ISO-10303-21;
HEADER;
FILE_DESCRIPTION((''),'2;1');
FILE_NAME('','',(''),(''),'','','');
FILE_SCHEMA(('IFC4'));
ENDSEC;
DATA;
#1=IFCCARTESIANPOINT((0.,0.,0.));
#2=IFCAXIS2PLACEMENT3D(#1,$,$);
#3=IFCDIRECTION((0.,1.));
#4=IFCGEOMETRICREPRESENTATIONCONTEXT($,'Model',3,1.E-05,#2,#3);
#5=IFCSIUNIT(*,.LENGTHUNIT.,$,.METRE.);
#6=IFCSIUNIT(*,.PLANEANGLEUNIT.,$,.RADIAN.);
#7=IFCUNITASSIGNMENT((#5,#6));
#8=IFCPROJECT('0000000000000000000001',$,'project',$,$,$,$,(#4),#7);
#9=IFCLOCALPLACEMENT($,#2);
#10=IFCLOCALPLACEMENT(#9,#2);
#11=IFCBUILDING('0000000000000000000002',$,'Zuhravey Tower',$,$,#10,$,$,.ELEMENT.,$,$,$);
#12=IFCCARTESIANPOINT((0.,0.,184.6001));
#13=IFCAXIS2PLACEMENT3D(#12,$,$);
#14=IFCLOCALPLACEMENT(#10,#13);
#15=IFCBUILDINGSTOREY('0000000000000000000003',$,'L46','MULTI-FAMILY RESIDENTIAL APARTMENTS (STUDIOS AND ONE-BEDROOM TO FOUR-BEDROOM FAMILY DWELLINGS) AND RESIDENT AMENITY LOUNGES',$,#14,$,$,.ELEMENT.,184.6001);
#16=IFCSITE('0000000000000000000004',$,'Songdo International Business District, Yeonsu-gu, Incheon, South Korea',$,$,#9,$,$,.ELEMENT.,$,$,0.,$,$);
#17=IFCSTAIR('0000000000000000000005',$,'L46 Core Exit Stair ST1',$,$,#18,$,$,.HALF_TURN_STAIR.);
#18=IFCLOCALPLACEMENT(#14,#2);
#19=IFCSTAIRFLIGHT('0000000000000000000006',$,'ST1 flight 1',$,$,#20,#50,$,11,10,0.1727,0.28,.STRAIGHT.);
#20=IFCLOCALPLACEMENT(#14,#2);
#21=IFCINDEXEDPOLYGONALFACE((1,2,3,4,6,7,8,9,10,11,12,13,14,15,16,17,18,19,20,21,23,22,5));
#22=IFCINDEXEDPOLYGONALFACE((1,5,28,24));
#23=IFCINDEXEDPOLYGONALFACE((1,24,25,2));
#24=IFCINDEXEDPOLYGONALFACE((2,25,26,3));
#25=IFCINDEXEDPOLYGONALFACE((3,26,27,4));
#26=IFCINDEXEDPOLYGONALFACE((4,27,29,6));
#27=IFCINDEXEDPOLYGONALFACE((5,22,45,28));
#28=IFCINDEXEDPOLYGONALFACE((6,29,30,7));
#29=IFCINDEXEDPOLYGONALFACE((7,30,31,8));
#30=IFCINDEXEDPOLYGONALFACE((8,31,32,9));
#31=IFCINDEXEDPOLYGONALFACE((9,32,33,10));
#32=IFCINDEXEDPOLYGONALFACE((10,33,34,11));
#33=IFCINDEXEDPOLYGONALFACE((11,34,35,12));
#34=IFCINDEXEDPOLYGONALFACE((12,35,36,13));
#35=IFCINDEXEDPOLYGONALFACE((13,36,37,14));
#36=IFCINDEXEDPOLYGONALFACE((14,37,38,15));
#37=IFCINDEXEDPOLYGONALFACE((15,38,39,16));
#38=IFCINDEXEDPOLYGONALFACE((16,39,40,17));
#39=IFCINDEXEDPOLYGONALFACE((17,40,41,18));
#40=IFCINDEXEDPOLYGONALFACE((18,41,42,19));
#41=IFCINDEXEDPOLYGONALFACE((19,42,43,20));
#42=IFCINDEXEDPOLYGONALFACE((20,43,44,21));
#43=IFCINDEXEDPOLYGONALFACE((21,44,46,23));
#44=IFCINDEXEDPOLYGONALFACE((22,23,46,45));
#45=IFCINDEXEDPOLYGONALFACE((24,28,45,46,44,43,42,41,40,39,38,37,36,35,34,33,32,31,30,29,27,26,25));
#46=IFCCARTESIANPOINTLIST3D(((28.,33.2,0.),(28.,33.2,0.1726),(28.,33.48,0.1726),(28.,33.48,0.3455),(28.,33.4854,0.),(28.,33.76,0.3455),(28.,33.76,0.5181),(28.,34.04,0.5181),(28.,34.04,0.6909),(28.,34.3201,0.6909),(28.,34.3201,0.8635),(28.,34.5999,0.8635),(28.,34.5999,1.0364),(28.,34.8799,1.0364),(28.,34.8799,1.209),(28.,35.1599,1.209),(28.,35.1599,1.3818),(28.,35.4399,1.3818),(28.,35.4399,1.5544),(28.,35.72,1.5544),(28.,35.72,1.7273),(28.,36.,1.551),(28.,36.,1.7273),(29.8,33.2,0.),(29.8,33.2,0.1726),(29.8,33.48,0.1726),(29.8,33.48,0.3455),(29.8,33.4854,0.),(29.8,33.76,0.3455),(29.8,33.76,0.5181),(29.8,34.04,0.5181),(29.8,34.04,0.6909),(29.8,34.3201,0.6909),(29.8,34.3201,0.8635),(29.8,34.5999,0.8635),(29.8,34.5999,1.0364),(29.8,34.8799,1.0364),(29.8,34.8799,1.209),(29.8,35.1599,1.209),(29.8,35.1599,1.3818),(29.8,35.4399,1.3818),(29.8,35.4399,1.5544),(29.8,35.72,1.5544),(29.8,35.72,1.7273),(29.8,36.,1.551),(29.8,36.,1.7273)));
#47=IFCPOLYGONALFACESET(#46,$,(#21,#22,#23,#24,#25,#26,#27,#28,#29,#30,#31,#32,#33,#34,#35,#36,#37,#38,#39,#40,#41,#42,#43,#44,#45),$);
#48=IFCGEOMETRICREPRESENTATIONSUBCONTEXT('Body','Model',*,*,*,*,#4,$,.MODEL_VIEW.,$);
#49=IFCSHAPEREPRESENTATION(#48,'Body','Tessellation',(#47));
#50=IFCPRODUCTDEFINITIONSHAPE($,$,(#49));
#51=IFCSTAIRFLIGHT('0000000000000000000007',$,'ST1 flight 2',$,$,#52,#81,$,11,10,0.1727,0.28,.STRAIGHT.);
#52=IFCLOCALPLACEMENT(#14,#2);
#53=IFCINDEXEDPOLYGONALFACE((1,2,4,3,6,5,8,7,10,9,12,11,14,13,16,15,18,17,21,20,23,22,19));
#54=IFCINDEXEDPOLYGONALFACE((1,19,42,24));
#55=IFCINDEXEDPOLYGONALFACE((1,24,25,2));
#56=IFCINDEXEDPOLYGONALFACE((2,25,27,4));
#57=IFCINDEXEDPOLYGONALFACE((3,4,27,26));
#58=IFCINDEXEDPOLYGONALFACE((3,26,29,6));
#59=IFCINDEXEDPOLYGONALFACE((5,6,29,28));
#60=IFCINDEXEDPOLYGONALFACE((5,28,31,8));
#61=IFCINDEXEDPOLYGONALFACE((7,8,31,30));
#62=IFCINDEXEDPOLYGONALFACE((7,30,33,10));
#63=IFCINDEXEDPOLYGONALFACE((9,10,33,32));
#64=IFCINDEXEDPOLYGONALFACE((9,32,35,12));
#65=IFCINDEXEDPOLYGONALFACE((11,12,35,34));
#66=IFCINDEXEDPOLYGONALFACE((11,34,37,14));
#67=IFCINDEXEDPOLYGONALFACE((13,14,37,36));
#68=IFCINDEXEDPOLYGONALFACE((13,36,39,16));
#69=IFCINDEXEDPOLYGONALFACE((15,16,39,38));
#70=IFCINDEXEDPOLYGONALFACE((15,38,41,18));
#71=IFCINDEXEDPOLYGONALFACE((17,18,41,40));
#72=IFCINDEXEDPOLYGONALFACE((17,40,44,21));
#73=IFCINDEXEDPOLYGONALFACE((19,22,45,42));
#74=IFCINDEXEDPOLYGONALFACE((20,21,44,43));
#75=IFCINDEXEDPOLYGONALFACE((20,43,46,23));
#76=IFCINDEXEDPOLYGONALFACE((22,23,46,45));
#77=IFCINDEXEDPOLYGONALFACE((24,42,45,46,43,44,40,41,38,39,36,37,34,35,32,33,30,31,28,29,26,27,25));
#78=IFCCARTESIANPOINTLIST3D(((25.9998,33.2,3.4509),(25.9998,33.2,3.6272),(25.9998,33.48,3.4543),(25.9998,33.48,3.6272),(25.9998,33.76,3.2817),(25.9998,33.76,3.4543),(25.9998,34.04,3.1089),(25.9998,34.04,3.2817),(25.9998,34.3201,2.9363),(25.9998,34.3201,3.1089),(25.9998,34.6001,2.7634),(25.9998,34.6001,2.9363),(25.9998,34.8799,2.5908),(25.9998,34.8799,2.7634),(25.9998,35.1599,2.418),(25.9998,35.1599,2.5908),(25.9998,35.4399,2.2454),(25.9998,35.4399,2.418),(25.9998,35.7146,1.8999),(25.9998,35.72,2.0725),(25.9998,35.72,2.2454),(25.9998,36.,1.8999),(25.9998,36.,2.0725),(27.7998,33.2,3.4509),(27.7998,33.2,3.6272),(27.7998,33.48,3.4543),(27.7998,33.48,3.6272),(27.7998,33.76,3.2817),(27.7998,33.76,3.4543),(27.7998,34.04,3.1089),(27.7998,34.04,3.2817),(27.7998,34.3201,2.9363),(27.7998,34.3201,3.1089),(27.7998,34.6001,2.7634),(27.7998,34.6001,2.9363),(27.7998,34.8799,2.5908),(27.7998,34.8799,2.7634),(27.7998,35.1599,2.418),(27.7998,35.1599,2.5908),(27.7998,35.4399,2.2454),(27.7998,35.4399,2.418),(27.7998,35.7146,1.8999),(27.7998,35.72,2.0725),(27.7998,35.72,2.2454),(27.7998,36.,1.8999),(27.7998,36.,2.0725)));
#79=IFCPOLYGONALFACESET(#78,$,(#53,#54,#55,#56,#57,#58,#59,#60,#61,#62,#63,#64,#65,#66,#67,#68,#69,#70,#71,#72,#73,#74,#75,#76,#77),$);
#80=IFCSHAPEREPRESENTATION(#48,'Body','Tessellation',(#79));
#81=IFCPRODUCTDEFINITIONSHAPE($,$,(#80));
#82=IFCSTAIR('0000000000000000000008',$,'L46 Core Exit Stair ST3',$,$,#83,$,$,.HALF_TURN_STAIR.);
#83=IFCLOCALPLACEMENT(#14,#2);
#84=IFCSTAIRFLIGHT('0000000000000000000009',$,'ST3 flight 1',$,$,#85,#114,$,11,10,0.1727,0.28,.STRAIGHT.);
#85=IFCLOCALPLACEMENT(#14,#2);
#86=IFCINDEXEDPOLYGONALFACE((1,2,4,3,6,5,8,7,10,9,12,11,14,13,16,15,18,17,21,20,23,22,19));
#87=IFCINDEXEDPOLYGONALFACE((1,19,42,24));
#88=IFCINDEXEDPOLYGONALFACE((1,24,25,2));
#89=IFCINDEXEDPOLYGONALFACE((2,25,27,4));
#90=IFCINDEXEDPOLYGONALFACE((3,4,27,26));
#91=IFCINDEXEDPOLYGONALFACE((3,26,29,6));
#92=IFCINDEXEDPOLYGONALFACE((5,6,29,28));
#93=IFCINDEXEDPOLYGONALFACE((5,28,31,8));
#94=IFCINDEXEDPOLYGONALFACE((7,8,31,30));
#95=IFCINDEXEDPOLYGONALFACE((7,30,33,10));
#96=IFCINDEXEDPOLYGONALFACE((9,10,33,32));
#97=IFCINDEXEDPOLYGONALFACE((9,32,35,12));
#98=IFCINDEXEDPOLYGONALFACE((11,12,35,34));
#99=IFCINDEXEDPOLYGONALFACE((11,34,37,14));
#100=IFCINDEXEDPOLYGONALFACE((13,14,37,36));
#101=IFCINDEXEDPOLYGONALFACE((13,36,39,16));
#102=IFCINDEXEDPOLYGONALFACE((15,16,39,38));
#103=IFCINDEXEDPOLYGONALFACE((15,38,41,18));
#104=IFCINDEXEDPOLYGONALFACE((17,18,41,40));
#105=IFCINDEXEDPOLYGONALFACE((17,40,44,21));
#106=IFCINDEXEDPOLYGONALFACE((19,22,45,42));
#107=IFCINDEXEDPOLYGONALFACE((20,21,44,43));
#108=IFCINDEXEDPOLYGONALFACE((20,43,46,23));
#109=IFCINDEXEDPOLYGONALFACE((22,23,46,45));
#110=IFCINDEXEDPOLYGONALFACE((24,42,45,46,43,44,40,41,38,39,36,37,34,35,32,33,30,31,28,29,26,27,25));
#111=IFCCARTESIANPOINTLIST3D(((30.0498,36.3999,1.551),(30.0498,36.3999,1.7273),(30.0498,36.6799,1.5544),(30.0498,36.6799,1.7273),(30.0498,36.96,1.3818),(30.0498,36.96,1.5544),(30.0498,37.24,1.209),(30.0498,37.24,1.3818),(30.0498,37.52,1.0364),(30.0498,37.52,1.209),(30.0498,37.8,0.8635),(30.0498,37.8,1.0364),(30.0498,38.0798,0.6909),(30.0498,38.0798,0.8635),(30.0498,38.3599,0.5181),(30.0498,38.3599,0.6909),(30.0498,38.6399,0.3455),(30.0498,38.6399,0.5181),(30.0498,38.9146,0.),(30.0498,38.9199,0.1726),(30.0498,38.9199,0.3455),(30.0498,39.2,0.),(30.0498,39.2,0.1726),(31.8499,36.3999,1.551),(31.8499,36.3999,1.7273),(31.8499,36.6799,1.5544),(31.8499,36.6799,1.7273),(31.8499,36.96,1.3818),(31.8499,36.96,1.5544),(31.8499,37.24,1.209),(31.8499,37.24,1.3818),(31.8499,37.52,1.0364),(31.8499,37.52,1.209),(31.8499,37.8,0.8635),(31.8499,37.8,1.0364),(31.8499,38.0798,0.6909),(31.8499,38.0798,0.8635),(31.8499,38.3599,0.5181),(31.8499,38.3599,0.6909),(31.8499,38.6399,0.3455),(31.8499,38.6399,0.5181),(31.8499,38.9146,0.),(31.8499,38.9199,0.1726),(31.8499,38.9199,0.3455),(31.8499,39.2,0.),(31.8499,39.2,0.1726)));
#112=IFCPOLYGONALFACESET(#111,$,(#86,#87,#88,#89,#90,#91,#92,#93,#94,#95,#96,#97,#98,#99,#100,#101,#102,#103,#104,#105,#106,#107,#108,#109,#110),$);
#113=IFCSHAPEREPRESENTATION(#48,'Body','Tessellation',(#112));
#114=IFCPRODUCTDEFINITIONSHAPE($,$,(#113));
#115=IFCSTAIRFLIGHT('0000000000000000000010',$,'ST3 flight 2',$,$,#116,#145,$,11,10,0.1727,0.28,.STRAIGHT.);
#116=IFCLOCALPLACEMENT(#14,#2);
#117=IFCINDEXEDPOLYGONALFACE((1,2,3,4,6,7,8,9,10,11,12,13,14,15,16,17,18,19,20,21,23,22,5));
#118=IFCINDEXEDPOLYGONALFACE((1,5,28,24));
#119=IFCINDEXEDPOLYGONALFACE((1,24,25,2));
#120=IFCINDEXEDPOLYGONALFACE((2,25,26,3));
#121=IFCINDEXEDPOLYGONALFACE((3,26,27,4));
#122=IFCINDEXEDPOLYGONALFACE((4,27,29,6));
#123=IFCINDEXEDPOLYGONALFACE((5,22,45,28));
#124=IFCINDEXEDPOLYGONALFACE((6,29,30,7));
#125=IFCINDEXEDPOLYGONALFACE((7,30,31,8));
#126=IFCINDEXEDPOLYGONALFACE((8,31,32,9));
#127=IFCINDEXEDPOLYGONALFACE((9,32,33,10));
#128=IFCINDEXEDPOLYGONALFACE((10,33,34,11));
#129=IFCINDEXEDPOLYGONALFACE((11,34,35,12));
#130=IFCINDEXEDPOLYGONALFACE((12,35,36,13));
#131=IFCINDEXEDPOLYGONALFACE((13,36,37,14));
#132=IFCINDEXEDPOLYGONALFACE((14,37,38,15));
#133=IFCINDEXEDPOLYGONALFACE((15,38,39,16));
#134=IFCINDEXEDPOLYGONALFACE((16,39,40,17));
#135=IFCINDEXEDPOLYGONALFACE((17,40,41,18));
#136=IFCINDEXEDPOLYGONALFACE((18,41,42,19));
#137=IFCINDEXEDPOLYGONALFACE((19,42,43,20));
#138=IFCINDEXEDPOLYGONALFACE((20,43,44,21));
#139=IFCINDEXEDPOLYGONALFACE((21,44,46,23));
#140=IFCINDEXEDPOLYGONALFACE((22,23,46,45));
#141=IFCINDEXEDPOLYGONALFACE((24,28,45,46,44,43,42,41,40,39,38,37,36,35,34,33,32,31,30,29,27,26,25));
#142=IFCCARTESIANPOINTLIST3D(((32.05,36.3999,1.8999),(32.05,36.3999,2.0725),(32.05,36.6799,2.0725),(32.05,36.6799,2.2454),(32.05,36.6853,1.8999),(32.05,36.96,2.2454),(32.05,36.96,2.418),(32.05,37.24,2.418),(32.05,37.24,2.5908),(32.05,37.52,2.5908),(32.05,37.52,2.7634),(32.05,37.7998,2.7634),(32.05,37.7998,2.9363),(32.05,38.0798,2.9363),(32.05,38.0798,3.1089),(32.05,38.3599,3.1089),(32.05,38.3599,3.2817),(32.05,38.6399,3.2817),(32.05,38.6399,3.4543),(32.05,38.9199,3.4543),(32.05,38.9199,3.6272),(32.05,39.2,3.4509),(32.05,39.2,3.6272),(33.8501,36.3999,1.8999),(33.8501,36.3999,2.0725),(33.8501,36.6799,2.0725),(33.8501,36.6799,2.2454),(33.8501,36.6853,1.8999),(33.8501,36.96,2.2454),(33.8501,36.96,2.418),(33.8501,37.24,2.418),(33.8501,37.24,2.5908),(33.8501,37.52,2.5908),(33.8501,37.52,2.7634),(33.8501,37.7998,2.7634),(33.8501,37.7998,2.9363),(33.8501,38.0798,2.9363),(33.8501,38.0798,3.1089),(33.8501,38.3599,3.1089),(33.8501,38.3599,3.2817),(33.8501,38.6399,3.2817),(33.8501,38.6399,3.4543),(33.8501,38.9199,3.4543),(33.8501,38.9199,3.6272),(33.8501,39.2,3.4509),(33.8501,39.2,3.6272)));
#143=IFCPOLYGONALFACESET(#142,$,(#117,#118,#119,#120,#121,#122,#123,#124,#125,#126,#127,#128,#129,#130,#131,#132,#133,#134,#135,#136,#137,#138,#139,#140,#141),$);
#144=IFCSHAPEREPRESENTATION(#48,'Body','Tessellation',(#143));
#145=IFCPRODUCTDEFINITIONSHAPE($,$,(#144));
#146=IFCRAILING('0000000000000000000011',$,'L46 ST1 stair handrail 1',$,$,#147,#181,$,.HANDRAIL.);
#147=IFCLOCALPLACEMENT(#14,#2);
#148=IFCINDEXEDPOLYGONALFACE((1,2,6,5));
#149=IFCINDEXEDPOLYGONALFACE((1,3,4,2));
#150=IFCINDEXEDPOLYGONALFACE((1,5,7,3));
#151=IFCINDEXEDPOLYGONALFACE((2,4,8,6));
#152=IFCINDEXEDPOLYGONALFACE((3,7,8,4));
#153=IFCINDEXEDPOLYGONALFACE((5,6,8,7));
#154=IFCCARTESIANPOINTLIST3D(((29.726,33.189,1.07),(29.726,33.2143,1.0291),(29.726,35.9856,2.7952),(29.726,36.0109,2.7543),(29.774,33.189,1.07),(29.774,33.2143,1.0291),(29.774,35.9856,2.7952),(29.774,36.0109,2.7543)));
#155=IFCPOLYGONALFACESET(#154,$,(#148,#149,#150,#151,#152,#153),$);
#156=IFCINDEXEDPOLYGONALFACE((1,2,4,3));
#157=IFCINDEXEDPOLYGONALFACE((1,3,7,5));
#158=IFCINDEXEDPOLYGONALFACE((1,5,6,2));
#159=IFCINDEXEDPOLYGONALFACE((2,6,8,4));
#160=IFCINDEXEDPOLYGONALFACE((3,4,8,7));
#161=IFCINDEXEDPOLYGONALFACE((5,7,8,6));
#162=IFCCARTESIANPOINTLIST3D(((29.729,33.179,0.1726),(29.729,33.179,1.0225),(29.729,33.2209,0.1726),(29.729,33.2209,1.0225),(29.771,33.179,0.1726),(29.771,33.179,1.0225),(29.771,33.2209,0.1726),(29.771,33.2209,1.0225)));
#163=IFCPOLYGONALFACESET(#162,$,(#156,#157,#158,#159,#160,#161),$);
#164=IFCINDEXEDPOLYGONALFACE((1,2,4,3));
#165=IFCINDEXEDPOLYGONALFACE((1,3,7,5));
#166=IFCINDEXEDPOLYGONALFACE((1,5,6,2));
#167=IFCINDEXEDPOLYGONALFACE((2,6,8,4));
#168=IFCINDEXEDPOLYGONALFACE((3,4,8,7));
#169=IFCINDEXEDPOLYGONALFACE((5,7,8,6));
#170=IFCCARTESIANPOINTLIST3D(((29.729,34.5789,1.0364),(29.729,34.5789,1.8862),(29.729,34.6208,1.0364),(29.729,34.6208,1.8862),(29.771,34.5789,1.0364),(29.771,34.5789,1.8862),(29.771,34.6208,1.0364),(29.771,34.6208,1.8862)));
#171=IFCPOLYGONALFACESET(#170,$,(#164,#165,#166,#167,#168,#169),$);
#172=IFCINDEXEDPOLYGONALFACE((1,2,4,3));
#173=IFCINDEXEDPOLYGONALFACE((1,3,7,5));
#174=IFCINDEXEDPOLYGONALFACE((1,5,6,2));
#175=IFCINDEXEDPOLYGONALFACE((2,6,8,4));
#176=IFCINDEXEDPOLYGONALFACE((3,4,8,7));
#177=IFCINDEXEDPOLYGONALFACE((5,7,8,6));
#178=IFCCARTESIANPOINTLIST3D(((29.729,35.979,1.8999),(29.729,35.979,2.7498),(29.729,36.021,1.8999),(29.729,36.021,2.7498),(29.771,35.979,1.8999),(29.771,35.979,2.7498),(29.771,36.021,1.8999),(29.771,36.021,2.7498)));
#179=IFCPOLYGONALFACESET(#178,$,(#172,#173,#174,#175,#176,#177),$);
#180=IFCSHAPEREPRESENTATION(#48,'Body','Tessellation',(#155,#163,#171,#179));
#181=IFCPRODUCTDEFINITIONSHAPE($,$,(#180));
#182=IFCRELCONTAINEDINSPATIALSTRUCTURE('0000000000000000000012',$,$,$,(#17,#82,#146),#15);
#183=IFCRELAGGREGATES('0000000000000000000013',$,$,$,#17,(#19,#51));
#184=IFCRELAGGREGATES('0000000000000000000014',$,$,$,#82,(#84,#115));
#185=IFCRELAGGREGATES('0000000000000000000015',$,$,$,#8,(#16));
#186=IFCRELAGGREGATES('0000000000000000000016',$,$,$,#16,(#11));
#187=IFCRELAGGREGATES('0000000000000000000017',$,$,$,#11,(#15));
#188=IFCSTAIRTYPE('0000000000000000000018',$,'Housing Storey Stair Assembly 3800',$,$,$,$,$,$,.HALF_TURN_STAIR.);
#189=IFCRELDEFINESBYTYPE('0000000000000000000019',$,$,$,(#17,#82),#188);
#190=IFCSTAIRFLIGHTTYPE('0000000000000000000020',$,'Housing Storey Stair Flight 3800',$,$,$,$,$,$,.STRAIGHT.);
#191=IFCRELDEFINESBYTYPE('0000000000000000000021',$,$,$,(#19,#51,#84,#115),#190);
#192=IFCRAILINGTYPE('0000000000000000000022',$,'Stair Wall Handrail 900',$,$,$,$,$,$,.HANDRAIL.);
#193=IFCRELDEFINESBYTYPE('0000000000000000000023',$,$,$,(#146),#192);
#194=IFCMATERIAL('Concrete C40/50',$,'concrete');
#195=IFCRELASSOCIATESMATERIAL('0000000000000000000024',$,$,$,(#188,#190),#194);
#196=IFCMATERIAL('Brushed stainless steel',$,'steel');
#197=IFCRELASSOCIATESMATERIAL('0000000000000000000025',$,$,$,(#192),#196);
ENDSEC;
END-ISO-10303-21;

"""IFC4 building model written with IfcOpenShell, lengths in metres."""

from ifc_helpers import new_model, si_unit, direction, frame, origin, origin_2d, place, context, subcontext, project, spatial, polyline, rectangle, outline, extrude, material, type_object, element, aggregate, save


model = new_model("IFC4")

# Units and contexts
model_context = context("Model", 3, precision=1e-05, world=origin(), true_north=direction((0.0, 1.0)))
body_context = subcontext(model_context, "Body", "Model", "MODEL_VIEW")
ifc_project = project(units=[si_unit("LENGTHUNIT", "METRE"), si_unit("PLANEANGLEUNIT", "RADIAN")], contexts=[model_context])

# Site, building, storey
site_placement = place(None, origin())
site = spatial("IfcSite", under=ifc_project, at=site_placement, Name="Songdo International Business District, Yeonsu-gu, Incheon, South Korea", CompositionType="ELEMENT", RefElevation=0.0)
building_placement = place(site_placement, origin())
building = spatial("IfcBuilding", under=site, at=building_placement, Name="Zuhravey Tower", CompositionType="ELEMENT")
storey_placement = place(building_placement, frame((0.0, 0.0, 184.6001)))
storey = spatial("IfcBuildingStorey", under=building, at=storey_placement, Name="L46", Description="MULTI-FAMILY RESIDENTIAL APARTMENTS (STUDIOS AND ONE-BEDROOM TO FOUR-BEDROOM FAMILY DWELLINGS) AND RESIDENT AMENITY LOUNGES", CompositionType="ELEMENT", Elevation=184.6001)

# Stairs, stair flights
ifc_material_1 = material(Name="Concrete C40/50", Category="concrete")
stair_type = type_object("IfcStairType", Name="Housing Storey Stair Assembly 3800", PredefinedType="HALF_TURN_STAIR", material=ifc_material_1)
stair_1_placement = place(storey_placement, origin())
stair_1 = element("IfcStair", 1, at=stair_1_placement, inside=storey, type_object=stair_type, Name="L46 Core Exit Stair ST1", PredefinedType="HALF_TURN_STAIR")
stair_flight_type = type_object("IfcStairFlightType", Name="Housing Storey Stair Flight 3800", PredefinedType="STRAIGHT", material=ifc_material_1)
stair_flight_1_placement = place(storey_placement, frame((28.8999, 33.2, 0.0), z_axis=(0.0, 0.0, 1.0), x_axis=(0.0, 1.0, 0.0)))
stair_flight_1 = element("IfcStairFlight", 2, at=stair_flight_1_placement, type_object=stair_flight_type, Name="ST1 flight 1", NumberOfRisers=11, NumberOfTreads=10, PredefinedType="STRAIGHT", RiserHeight=0.1727, TreadLength=0.28, context=body_context, shape_type="SweptSolid", body=[
    extrude(outline(polyline([(0.0, 0.0), (0.0, 0.1726), (0.28, 0.1726), (0.28, 0.3455), (0.5601, 0.3455), (0.5601, 0.5181), (0.8401, 0.5181), (0.8401, 0.6909), (1.1201, 0.6909), (1.1201, 0.8635), (1.3999, 0.8635), (1.3999, 1.0364), (1.6799, 1.0364), (1.6799, 1.209), (1.96, 1.209), (1.96, 1.3818), (2.24, 1.3818), (2.24, 1.5544), (2.52, 1.5544), (2.52, 1.7273), (2.8, 1.7273), (2.8, 1.8999), (2.8, 1.551), (0.2854, 0.0), (0.0, 0.0)])), frame((0.0, 0.8999, 0.0), z_axis=(0.0, -1.0, 0.0), x_axis=(1.0, 0.0, 0.0)), (0.0, 0.0, 1.0), 1.8),
])
stair_flight_2_placement = place(storey_placement, frame((26.8999, 36.0, 1.8999), z_axis=(0.0, 0.0, 1.0), x_axis=(0.0, -1.0, 0.0)))
stair_flight_2 = element("IfcStairFlight", 3, at=stair_flight_2_placement, type_object=stair_flight_type, Name="ST1 flight 2", NumberOfRisers=11, NumberOfTreads=10, PredefinedType="STRAIGHT", RiserHeight=0.1727, TreadLength=0.28, context=body_context, shape_type="SweptSolid", body=[
    extrude(outline(polyline([(0.0, 0.0), (0.0, 0.1726), (0.28, 0.1726), (0.28, 0.3455), (0.5601, 0.3455), (0.5601, 0.5181), (0.8401, 0.5181), (0.8401, 0.6909), (1.1201, 0.6909), (1.1201, 0.8635), (1.3999, 0.8635), (1.3999, 1.0364), (1.6799, 1.0364), (1.6799, 1.209), (1.96, 1.209), (1.96, 1.3818), (2.24, 1.3818), (2.24, 1.5544), (2.52, 1.5544), (2.52, 1.7273), (2.8, 1.7273), (2.8, 1.8999), (2.8, 1.551), (0.2854, 0.0), (0.0, 0.0)])), frame((0.0, 0.8999, 0.0), z_axis=(0.0, -1.0, 0.0), x_axis=(1.0, 0.0, 0.0)), (0.0, 0.0, 1.0), 1.8),
])
aggregate(stair_1, [stair_flight_1, stair_flight_2])
stair_2_placement = place(storey_placement, origin())
stair_2 = element("IfcStair", 4, at=stair_2_placement, inside=storey, type_object=stair_type, Name="L46 Core Exit Stair ST3", PredefinedType="HALF_TURN_STAIR")
stair_flight_3_placement = place(storey_placement, frame((30.95, 39.2, 0.0), z_axis=(0.0, 0.0, 1.0), x_axis=(0.0, -1.0, 0.0)))
stair_flight_3 = element("IfcStairFlight", 5, at=stair_flight_3_placement, type_object=stair_flight_type, Name="ST3 flight 1", NumberOfRisers=11, NumberOfTreads=10, PredefinedType="STRAIGHT", RiserHeight=0.1727, TreadLength=0.28, context=body_context, shape_type="SweptSolid", body=[
    extrude(outline(polyline([(0.0, 0.0), (0.0, 0.1726), (0.28, 0.1726), (0.28, 0.3455), (0.5601, 0.3455), (0.5601, 0.5181), (0.8401, 0.5181), (0.8401, 0.6909), (1.1201, 0.6909), (1.1201, 0.8635), (1.3999, 0.8635), (1.3999, 1.0364), (1.6799, 1.0364), (1.6799, 1.209), (1.96, 1.209), (1.96, 1.3818), (2.24, 1.3818), (2.24, 1.5544), (2.52, 1.5544), (2.52, 1.7273), (2.8, 1.7273), (2.8, 1.8999), (2.8, 1.551), (0.2854, 0.0), (0.0, 0.0)])), frame((0.0, 0.8999, 0.0), z_axis=(0.0, -1.0, 0.0), x_axis=(1.0, 0.0, 0.0)), (0.0, 0.0, 1.0), 1.8),
])
stair_flight_4_placement = place(storey_placement, frame((32.95, 36.3999, 1.8999), z_axis=(0.0, 0.0, 1.0), x_axis=(0.0, 1.0, 0.0)))
stair_flight_4 = element("IfcStairFlight", 6, at=stair_flight_4_placement, type_object=stair_flight_type, Name="ST3 flight 2", NumberOfRisers=11, NumberOfTreads=10, PredefinedType="STRAIGHT", RiserHeight=0.1727, TreadLength=0.28, context=body_context, shape_type="SweptSolid", body=[
    extrude(outline(polyline([(0.0, 0.0), (0.0, 0.1726), (0.28, 0.1726), (0.28, 0.3455), (0.5601, 0.3455), (0.5601, 0.5181), (0.8401, 0.5181), (0.8401, 0.6909), (1.1201, 0.6909), (1.1201, 0.8635), (1.3999, 0.8635), (1.3999, 1.0364), (1.6799, 1.0364), (1.6799, 1.209), (1.96, 1.209), (1.96, 1.3818), (2.24, 1.3818), (2.24, 1.5544), (2.52, 1.5544), (2.52, 1.7273), (2.8, 1.7273), (2.8, 1.8999), (2.8, 1.551), (0.2854, 0.0), (0.0, 0.0)])), frame((0.0, 0.8999, 0.0), z_axis=(0.0, -1.0, 0.0), x_axis=(1.0, 0.0, 0.0)), (0.0, 0.0, 1.0), 1.8),
])
aggregate(stair_2, [stair_flight_3, stair_flight_4])

# Railing
ifc_material_2 = material(Name="Brushed stainless steel", Category="steel")
railing_type_1 = type_object("IfcRailingType", Name="Stair Wall Handrail 900", PredefinedType="HANDRAIL", material=ifc_material_2)
railing_1_placement = place(storey_placement, frame((29.75, 33.2, 0.1726)))
element("IfcRailing", 7, at=railing_1_placement, inside=storey, type_object=railing_type_1, Name="L46 ST1 stair handrail 1", PredefinedType="HANDRAIL", context=body_context, shape_type="SweptSolid", body=[
    extrude(rectangle(XDim=0.0481, YDim=0.0481, at=origin_2d()), frame((0.0, 0.0017, 0.877), z_axis=(0.0, 0.85109, 0.52502), x_axis=(-1.0, 0.0, 0.0)), (0.0, 0.0, 1.0), 3.2859),
    extrude(rectangle(XDim=0.042, YDim=0.042, at=origin_2d()), origin(), (0.0, 0.0, 1.0), 0.8499),
    extrude(rectangle(XDim=0.042, YDim=0.042, at=origin_2d()), frame((0.0, 1.3999, 0.8638)), (0.0, 0.0, 1.0), 0.8499),
    extrude(rectangle(XDim=0.042, YDim=0.042, at=origin_2d()), frame((0.0, 2.8, 1.7273)), (0.0, 0.0, 1.0), 0.8499),
])

save(model, "model.ifc")
